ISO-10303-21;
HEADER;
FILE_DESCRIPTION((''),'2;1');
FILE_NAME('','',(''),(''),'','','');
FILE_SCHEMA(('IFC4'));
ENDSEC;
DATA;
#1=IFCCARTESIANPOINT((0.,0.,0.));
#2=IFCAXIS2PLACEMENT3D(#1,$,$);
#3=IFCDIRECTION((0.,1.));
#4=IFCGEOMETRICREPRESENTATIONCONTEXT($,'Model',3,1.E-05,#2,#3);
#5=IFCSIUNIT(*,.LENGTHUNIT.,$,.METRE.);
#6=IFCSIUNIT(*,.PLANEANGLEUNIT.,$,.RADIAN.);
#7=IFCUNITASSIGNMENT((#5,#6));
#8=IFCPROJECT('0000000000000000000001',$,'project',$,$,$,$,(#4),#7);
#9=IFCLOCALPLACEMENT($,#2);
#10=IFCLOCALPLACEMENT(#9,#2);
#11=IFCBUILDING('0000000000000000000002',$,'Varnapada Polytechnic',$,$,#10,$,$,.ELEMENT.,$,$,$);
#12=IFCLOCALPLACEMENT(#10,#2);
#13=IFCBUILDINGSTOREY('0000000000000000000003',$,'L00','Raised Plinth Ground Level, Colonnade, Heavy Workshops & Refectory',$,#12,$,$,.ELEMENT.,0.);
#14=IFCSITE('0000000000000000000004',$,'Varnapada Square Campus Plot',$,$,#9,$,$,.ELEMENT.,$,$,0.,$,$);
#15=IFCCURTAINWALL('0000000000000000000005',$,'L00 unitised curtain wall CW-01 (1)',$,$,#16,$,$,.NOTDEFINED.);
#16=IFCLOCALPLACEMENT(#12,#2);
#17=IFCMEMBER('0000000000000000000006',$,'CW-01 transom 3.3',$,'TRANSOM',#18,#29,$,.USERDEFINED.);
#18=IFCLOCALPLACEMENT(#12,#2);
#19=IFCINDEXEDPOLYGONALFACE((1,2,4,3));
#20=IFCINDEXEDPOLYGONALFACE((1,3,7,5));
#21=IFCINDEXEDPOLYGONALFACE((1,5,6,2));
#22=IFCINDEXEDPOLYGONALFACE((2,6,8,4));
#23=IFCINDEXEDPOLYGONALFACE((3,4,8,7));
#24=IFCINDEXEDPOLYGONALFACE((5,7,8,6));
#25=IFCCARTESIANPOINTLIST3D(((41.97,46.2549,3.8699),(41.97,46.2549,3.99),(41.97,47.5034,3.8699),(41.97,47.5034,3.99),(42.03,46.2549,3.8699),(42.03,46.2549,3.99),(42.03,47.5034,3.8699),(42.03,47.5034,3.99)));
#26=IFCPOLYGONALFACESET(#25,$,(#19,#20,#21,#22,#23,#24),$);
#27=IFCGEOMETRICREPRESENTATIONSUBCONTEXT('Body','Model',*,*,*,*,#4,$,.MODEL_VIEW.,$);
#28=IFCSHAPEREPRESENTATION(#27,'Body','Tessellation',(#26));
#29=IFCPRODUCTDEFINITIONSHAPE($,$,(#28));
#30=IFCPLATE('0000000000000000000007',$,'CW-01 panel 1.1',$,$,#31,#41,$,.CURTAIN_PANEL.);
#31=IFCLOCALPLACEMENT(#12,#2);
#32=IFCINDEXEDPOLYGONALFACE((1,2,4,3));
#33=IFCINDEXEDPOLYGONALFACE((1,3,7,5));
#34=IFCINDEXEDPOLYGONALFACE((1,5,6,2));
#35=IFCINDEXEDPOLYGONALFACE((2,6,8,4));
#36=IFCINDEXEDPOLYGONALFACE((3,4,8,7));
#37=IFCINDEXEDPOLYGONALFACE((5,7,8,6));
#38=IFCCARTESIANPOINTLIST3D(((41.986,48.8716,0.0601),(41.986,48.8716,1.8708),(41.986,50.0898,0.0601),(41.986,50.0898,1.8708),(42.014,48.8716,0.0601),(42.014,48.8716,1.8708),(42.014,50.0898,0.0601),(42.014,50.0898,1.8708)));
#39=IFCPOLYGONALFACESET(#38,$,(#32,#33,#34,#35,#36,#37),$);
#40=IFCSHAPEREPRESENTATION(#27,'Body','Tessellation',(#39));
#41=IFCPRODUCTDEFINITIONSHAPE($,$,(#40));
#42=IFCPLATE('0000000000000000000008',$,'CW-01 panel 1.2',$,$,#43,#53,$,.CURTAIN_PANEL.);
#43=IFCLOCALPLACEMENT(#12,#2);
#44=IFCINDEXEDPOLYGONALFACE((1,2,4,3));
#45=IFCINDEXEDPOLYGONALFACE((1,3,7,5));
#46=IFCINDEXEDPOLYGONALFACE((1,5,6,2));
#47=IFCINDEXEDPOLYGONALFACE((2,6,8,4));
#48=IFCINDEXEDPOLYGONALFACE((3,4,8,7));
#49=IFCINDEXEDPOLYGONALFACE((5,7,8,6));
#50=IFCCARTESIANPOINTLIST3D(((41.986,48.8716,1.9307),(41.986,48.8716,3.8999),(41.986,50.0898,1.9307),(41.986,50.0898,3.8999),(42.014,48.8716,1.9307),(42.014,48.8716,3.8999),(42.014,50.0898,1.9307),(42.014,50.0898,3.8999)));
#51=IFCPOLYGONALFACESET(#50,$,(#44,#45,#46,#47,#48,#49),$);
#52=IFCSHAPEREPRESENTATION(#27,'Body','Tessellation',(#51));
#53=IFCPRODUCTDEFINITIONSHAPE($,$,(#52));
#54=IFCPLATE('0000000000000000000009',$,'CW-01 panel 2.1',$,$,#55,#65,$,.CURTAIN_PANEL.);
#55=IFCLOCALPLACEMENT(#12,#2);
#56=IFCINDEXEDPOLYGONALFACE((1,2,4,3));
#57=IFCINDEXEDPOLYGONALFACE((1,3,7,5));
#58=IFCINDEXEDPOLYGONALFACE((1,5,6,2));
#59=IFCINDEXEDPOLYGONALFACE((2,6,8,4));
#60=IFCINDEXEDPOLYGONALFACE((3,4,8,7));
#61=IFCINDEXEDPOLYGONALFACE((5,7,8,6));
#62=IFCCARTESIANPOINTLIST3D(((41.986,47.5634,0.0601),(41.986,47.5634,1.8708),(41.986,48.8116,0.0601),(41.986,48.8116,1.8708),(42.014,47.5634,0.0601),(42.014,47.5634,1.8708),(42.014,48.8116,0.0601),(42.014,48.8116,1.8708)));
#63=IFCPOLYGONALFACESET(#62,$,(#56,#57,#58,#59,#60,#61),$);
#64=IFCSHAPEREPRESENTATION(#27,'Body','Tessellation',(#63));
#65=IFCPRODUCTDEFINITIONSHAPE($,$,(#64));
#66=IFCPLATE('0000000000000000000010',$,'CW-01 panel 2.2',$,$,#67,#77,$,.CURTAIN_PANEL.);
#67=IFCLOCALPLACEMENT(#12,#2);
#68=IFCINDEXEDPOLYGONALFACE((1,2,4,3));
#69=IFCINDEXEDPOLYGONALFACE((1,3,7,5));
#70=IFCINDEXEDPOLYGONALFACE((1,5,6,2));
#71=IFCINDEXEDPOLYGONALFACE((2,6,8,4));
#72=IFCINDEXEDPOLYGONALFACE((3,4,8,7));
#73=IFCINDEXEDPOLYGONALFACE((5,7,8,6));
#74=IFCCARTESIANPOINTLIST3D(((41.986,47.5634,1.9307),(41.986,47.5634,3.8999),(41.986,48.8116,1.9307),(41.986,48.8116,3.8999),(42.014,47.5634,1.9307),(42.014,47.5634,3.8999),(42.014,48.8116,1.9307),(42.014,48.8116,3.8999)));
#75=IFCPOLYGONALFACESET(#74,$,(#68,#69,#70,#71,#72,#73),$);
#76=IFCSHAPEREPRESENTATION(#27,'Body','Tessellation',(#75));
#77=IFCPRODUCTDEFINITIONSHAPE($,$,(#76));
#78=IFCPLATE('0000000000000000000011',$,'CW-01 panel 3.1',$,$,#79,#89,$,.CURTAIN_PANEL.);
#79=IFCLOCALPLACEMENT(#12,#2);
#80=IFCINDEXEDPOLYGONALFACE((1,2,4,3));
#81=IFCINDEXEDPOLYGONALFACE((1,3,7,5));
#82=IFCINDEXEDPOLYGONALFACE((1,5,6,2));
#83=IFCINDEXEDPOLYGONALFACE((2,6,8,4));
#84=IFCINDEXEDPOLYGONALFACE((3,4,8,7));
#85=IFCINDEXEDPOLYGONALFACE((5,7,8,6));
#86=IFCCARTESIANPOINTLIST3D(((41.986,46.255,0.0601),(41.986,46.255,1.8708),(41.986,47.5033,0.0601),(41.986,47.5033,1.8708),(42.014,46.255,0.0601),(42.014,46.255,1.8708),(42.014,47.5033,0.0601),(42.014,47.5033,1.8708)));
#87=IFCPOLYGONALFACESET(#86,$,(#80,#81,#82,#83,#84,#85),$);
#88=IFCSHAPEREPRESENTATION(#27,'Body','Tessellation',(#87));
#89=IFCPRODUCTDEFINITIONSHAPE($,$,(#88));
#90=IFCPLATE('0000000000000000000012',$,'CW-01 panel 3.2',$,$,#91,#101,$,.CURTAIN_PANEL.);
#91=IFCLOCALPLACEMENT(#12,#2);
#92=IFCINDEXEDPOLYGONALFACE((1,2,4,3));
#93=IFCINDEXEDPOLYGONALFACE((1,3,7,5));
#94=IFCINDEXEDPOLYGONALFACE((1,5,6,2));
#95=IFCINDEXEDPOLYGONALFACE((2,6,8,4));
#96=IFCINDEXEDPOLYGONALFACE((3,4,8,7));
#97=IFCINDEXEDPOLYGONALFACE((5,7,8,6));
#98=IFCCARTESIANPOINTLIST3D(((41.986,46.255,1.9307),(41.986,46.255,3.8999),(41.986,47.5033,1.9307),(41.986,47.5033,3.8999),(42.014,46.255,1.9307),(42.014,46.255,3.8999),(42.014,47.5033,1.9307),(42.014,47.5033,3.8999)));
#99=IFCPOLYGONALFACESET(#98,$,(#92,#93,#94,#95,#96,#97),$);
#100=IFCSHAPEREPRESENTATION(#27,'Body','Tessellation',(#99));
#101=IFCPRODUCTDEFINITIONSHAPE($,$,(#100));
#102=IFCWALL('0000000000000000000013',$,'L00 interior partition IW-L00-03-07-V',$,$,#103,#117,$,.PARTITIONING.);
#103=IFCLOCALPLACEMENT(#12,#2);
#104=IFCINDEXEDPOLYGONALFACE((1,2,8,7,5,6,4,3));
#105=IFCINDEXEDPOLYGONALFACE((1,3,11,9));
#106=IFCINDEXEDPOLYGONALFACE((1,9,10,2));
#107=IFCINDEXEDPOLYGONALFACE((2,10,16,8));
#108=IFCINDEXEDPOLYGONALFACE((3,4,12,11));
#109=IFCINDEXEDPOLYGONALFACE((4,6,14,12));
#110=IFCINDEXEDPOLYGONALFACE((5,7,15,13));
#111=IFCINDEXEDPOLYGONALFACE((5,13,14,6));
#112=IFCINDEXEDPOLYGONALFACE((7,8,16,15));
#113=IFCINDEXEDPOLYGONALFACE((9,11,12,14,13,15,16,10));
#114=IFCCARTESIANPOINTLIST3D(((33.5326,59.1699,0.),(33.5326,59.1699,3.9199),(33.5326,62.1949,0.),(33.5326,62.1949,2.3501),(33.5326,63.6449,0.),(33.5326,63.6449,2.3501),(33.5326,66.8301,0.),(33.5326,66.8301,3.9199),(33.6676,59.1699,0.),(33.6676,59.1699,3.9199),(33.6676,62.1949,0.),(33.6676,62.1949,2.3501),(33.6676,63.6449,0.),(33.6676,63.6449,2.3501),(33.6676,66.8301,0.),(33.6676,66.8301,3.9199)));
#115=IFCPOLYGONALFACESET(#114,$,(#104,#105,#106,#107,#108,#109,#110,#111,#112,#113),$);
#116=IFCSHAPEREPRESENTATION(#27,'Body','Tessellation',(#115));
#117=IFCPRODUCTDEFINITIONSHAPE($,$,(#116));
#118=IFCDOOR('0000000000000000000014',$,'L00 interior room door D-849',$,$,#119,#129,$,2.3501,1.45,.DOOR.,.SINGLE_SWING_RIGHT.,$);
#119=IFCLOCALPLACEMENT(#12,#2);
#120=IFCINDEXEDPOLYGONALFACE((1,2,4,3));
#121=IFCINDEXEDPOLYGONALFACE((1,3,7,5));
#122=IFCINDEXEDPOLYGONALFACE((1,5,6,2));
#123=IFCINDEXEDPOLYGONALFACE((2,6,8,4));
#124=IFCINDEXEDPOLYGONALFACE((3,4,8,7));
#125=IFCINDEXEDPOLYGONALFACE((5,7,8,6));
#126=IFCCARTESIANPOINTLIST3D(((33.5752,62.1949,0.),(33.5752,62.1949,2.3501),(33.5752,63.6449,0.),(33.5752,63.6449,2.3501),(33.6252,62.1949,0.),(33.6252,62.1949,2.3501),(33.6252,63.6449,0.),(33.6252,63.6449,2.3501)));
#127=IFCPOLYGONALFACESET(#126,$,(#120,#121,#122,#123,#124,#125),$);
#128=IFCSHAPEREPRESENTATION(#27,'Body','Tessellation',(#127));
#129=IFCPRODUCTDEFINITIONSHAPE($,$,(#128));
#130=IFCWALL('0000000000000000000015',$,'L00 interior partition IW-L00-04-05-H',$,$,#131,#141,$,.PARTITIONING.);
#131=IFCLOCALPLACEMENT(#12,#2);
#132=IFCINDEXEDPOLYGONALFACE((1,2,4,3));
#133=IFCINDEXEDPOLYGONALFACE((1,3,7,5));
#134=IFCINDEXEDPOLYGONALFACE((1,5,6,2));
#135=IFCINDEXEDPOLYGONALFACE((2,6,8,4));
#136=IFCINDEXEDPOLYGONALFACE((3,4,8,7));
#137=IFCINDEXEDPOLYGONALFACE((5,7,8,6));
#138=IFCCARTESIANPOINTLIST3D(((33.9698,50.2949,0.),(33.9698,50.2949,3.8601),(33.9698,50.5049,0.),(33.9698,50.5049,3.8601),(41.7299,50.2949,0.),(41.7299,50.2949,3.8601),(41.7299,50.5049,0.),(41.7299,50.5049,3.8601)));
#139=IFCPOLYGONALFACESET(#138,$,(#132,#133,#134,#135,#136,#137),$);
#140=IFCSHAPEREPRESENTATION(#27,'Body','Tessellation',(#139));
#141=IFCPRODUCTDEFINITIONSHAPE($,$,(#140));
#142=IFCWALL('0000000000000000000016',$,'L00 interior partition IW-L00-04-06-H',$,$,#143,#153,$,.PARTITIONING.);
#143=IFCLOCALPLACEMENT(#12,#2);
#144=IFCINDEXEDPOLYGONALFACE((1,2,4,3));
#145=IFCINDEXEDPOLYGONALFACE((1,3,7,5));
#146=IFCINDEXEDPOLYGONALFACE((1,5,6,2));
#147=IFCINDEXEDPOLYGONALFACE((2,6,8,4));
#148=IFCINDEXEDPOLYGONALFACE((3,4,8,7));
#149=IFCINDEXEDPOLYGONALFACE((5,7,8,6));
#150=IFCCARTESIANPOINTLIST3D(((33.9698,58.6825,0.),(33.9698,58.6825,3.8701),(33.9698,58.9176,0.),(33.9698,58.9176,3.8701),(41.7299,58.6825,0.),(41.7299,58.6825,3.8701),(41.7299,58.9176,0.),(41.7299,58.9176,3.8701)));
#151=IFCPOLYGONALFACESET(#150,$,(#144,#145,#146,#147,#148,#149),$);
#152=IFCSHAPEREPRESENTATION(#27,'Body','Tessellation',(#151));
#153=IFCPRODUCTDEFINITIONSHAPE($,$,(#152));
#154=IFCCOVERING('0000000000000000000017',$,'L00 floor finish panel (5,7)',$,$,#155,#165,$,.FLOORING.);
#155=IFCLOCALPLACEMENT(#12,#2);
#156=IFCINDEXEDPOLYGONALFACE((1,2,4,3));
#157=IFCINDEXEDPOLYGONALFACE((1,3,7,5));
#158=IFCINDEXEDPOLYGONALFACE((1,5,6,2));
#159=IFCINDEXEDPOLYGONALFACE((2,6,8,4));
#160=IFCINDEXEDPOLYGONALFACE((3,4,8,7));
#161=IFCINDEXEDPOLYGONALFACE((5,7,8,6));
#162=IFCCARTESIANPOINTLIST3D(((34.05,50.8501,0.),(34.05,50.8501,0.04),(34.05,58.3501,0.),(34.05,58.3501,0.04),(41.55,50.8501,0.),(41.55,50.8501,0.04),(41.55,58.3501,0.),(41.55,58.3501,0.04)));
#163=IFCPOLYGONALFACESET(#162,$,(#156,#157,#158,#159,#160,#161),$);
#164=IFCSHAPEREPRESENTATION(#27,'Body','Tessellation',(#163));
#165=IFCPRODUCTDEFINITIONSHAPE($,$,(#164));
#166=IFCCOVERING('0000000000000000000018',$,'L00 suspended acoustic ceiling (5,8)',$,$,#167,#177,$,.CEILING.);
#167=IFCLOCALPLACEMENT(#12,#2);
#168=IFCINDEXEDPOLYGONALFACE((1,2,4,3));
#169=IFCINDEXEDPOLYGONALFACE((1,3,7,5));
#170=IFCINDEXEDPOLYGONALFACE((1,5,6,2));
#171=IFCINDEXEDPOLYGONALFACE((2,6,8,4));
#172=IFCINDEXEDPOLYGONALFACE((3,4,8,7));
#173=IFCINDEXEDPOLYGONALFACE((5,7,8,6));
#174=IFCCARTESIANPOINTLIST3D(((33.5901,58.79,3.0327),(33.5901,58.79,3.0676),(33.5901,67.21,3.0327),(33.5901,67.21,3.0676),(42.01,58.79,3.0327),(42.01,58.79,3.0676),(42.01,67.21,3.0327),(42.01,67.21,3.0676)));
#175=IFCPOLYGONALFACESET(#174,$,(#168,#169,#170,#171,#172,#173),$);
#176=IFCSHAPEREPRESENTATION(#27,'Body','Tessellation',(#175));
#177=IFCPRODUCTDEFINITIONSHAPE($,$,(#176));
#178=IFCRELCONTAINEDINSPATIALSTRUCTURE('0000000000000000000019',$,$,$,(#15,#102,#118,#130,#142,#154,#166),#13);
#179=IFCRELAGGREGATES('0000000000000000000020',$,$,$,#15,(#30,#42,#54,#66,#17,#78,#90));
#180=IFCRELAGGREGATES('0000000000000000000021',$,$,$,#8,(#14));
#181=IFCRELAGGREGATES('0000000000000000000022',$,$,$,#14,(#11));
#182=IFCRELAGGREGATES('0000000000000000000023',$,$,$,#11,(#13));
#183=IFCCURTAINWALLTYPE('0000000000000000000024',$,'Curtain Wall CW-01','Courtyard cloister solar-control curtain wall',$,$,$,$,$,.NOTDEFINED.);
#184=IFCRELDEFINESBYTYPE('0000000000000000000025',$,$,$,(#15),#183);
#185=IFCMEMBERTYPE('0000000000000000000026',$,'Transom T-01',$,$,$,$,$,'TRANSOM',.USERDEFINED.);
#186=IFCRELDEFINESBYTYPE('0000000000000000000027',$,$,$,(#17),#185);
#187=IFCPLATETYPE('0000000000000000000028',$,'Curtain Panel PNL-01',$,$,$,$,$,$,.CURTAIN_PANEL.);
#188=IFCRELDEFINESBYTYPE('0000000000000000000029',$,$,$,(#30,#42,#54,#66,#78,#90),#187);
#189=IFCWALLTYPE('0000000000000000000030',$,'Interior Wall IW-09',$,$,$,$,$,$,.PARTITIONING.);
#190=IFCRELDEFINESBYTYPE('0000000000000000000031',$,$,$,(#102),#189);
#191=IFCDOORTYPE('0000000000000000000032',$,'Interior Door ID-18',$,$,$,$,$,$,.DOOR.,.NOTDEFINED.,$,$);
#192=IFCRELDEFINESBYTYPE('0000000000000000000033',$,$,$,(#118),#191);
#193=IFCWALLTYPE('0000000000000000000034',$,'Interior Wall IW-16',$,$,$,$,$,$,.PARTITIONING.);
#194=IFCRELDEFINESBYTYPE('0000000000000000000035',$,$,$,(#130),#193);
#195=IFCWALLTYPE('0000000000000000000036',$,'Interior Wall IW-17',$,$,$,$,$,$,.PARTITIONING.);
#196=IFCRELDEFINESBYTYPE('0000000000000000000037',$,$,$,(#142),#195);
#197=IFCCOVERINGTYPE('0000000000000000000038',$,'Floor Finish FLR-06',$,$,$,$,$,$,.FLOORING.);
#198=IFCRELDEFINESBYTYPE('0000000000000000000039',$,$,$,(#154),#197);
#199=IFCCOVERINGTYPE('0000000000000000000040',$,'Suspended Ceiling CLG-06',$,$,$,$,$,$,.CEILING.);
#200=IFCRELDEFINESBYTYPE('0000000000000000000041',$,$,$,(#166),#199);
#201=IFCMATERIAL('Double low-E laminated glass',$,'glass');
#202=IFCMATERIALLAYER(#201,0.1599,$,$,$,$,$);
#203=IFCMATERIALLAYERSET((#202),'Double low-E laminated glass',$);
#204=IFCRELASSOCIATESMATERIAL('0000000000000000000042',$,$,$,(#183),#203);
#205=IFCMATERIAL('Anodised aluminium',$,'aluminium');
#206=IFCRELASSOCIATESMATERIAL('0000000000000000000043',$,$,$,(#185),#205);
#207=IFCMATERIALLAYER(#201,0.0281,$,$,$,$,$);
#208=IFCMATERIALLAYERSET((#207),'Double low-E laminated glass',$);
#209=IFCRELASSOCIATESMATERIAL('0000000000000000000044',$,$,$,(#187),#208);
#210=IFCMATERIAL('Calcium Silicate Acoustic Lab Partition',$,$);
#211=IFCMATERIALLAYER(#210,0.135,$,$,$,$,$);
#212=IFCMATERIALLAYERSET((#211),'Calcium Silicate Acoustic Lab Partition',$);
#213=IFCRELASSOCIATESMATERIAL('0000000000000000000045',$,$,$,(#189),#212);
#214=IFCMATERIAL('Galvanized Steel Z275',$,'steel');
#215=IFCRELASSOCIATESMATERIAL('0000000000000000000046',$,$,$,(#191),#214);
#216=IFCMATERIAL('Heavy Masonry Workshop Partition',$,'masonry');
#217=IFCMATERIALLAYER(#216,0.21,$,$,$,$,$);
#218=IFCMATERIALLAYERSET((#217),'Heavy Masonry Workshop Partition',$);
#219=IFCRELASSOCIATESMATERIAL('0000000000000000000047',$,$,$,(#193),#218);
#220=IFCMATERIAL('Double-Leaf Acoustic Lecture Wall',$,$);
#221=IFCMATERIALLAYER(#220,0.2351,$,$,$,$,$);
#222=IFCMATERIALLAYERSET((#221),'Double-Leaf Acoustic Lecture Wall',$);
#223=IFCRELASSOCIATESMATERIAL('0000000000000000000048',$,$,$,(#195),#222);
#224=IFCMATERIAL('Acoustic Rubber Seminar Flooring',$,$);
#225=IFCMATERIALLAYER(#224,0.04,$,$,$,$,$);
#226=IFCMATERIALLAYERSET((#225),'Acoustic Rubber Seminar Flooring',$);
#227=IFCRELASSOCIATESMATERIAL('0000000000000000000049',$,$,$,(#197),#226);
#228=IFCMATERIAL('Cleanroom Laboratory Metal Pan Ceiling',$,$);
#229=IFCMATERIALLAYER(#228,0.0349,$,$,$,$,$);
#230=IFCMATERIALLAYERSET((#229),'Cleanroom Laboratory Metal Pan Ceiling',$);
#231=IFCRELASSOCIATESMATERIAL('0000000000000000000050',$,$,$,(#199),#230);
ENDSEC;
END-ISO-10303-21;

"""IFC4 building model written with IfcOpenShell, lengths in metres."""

from ifc_helpers import new_model, si_unit, direction, frame, frame_2d, origin, origin_2d, place, context, subcontext, project, spatial, rectangle, extrude, material, layer, layer_set, material_profile, profile_set, type_object, element, fill, aggregate, save


model = new_model("IFC4")

# Units and contexts
model_context = context("Model", 3, precision=1e-05, world=origin(), true_north=direction((0.0, 1.0)))
body_context = subcontext(model_context, "Body", "Model", "MODEL_VIEW")
ifc_project = project(units=[si_unit("LENGTHUNIT", "METRE"), si_unit("PLANEANGLEUNIT", "RADIAN")], contexts=[model_context])

# Site, building, storey
site_placement = place(None, origin())
site = spatial("IfcSite", under=ifc_project, at=site_placement, Name="Varnapada Square Campus Plot", CompositionType="ELEMENT", RefElevation=0.0)
building_placement = place(site_placement, origin())
building = spatial("IfcBuilding", under=site, at=building_placement, Name="Varnapada Polytechnic", CompositionType="ELEMENT")
storey_placement = place(building_placement, origin())
storey = spatial("IfcBuildingStorey", under=building, at=storey_placement, Name="L00", Description="Raised Plinth Ground Level, Colonnade, Heavy Workshops & Refectory", CompositionType="ELEMENT", Elevation=0.0)

# Curtain wall
ifc_material_1 = material(Name="Double low-E laminated glass", Category="glass")
ifc_layer_1 = layer(ifc_material_1, 0.1599)
ifc_layer_set_1 = layer_set([ifc_layer_1], Name="Double low-E laminated glass")
curtain_wall_type = type_object("IfcCurtainWallType", Name="Curtain Wall CW-01", Description="Courtyard cloister solar-control curtain wall", PredefinedType="NOTDEFINED", material=ifc_layer_set_1)
curtain_wall_placement = place(storey_placement, origin())
curtain_wall = element("IfcCurtainWall", 1, at=curtain_wall_placement, inside=storey, type_object=curtain_wall_type, Name="L00 unitised curtain wall CW-01 (1)", PredefinedType="NOTDEFINED")
ifc_material_2 = material(Name="Anodised aluminium", Category="aluminium")

# Member
ifc_material_profile_1 = material_profile(ifc_material_2, rectangle(XDim=0.0601, YDim=0.1201, at=origin_2d()), Name="ALU T60x120")
ifc_profile_set_1 = profile_set([ifc_material_profile_1], Name="Anodised aluminium")
member_type_1 = type_object("IfcMemberType", Name="Transom T-01", ElementType="TRANSOM", PredefinedType="USERDEFINED", material=ifc_profile_set_1)
member_1_placement = place(storey_placement, frame((42.0, 47.5034, 3.9299), z_axis=(0.0, -1.0, 0.0), x_axis=(1.0, 0.0, 0.0)))
member_1 = element("IfcMember", 2, at=member_1_placement, type_object=member_type_1, Name="CW-01 transom 3.3", ObjectType="TRANSOM", PredefinedType="USERDEFINED", context=body_context, shape_type="SweptSolid", body=[
    extrude(rectangle(XDim=0.0601, YDim=0.1201, at=origin_2d()), origin(), (0.0, 0.0, 1.0), 1.2485),
])

# Plates
ifc_layer_2 = layer(ifc_material_1, 0.0281)
ifc_layer_set_2 = layer_set([ifc_layer_2], Name="Double low-E laminated glass")
plate_type = type_object("IfcPlateType", Name="Curtain Panel PNL-01", PredefinedType="CURTAIN_PANEL", material=ifc_layer_set_2)
plate_1_placement = place(storey_placement, frame((42.0, 49.4807, 0.0601), z_axis=(0.0, 0.0, 1.0), x_axis=(0.0, -1.0, 0.0)))
plate_1 = element("IfcPlate", 3, at=plate_1_placement, type_object=plate_type, Name="CW-01 panel 1.1", PredefinedType="CURTAIN_PANEL", context=body_context, shape_type="SweptSolid", body=[
    extrude(rectangle(XDim=1.2183, YDim=0.0281, at=origin_2d()), origin(), (0.0, 0.0, 1.0), 1.8108),
])
plate_2_placement = place(storey_placement, frame((42.0, 49.4807, 1.9307), z_axis=(0.0, 0.0, 1.0), x_axis=(0.0, -1.0, 0.0)))
plate_2 = element("IfcPlate", 4, at=plate_2_placement, type_object=plate_type, Name="CW-01 panel 1.2", PredefinedType="CURTAIN_PANEL", context=body_context, shape_type="SweptSolid", body=[
    extrude(rectangle(XDim=1.2183, YDim=0.0281, at=origin_2d()), origin(), (0.0, 0.0, 1.0), 1.9692),
])
plate_3_placement = place(storey_placement, frame((42.0, 48.1875, 0.0601), z_axis=(0.0, 0.0, 1.0), x_axis=(0.0, -1.0, 0.0)))
plate_3 = element("IfcPlate", 5, at=plate_3_placement, type_object=plate_type, Name="CW-01 panel 2.1", PredefinedType="CURTAIN_PANEL", context=body_context, shape_type="SweptSolid", body=[
    extrude(rectangle(XDim=1.2483, YDim=0.0281, at=origin_2d()), origin(), (0.0, 0.0, 1.0), 1.8108),
])
plate_4_placement = place(storey_placement, frame((42.0, 48.1875, 1.9307), z_axis=(0.0, 0.0, 1.0), x_axis=(0.0, -1.0, 0.0)))
plate_4 = element("IfcPlate", 6, at=plate_4_placement, type_object=plate_type, Name="CW-01 panel 2.2", PredefinedType="CURTAIN_PANEL", context=body_context, shape_type="SweptSolid", body=[
    extrude(rectangle(XDim=1.2483, YDim=0.0281, at=origin_2d()), origin(), (0.0, 0.0, 1.0), 1.9692),
])
plate_5_placement = place(storey_placement, frame((42.0, 46.8792, 0.0601), z_axis=(0.0, 0.0, 1.0), x_axis=(0.0, -1.0, 0.0)))
plate_5 = element("IfcPlate", 7, at=plate_5_placement, type_object=plate_type, Name="CW-01 panel 3.1", PredefinedType="CURTAIN_PANEL", context=body_context, shape_type="SweptSolid", body=[
    extrude(rectangle(XDim=1.2483, YDim=0.0281, at=origin_2d()), origin(), (0.0, 0.0, 1.0), 1.8108),
])
plate_6_placement = place(storey_placement, frame((42.0, 46.8792, 1.9307), z_axis=(0.0, 0.0, 1.0), x_axis=(0.0, -1.0, 0.0)))
plate_6 = element("IfcPlate", 8, at=plate_6_placement, type_object=plate_type, Name="CW-01 panel 3.2", PredefinedType="CURTAIN_PANEL", context=body_context, shape_type="SweptSolid", body=[
    extrude(rectangle(XDim=1.2483, YDim=0.0281, at=origin_2d()), origin(), (0.0, 0.0, 1.0), 1.9692),
])
aggregate(curtain_wall, [plate_1, plate_2, plate_3, plate_4, member_1, plate_5, plate_6])

# Wall, opening, door
ifc_material_3 = material(Name="Calcium Silicate Acoustic Lab Partition")
ifc_layer_3 = layer(ifc_material_3, 0.135)
ifc_layer_set_3 = layer_set([ifc_layer_3], Name="Calcium Silicate Acoustic Lab Partition")
wall_type_1 = type_object("IfcWallType", Name="Interior Wall IW-09", PredefinedType="PARTITIONING", material=ifc_layer_set_3)
wall_1_placement = place(storey_placement, frame((33.6001, 59.1699, 0.0), z_axis=(0.0, 0.0, 1.0), x_axis=(0.0, 1.0, 0.0)))
wall_1 = element("IfcWall", 9, at=wall_1_placement, inside=storey, type_object=wall_type_1, Name="L00 interior partition IW-L00-03-07-V", PredefinedType="PARTITIONING", context=body_context, shape_type="SweptSolid", body=[
    extrude(rectangle(XDim=7.6602, YDim=0.135, at=frame_2d((3.8301, 0.0))), origin(), (0.0, 0.0, 1.0), 3.9199),
])
opening_placement = place(wall_1_placement, frame((3.0249, 0.0, 0.0)))
opening = element("IfcOpeningElement", 10, at=opening_placement, cuts=wall_1, PredefinedType="OPENING", context=body_context, shape_type="SweptSolid", body=[
    extrude(rectangle(XDim=1.45, YDim=2.3501, at=frame_2d((0.7251, 1.175))), frame((0.0, 0.0774, 0.0), z_axis=(0.0, -1.0, 0.0), x_axis=(1.0, 0.0, 0.0)), (0.0, 0.0, 1.0), 0.155),
])
ifc_material_4 = material(Name="Galvanized Steel Z275", Category="steel")
door_type = type_object("IfcDoorType", Name="Interior Door ID-18", OperationType="NOTDEFINED", PredefinedType="DOOR", material=ifc_material_4)
door_placement = place(opening_placement, origin())
door = element("IfcDoor", 11, at=door_placement, inside=storey, type_object=door_type, Name="L00 interior room door D-849", OperationType="SINGLE_SWING_RIGHT", OverallHeight=2.3501, OverallWidth=1.45, PredefinedType="DOOR", context=body_context, shape_type="SweptSolid", body=[
    extrude(rectangle(XDim=1.45, YDim=2.3501, at=frame_2d((0.7251, 1.175))), frame((0.0, 0.0249, 0.0), z_axis=(0.0, -1.0, 0.0), x_axis=(1.0, 0.0, 0.0)), (0.0, 0.0, 1.0), 0.05),
])
fill(opening, door)

# Walls
ifc_material_5 = material(Name="Heavy Masonry Workshop Partition", Category="masonry")
ifc_layer_4 = layer(ifc_material_5, 0.21)
ifc_layer_set_4 = layer_set([ifc_layer_4], Name="Heavy Masonry Workshop Partition")
wall_type_2 = type_object("IfcWallType", Name="Interior Wall IW-16", PredefinedType="PARTITIONING", material=ifc_layer_set_4)
wall_2_placement = place(storey_placement, frame((33.97, 50.3999, 0.0), z_axis=(0.0, 0.0, 1.0), x_axis=(1.0, 0.0, 0.0)))
element("IfcWall", 12, at=wall_2_placement, inside=storey, type_object=wall_type_2, Name="L00 interior partition IW-L00-04-05-H", PredefinedType="PARTITIONING", context=body_context, shape_type="SweptSolid", body=[
    extrude(rectangle(XDim=7.76, YDim=0.21, at=frame_2d((3.8799, 0.0))), origin(), (0.0, 0.0, 1.0), 3.8601),
])
ifc_material_6 = material(Name="Double-Leaf Acoustic Lecture Wall")
ifc_layer_5 = layer(ifc_material_6, 0.2351)
ifc_layer_set_5 = layer_set([ifc_layer_5], Name="Double-Leaf Acoustic Lecture Wall")
wall_type_3 = type_object("IfcWallType", Name="Interior Wall IW-17", PredefinedType="PARTITIONING", material=ifc_layer_set_5)
wall_3_placement = place(storey_placement, frame((33.97, 58.8, 0.0), z_axis=(0.0, 0.0, 1.0), x_axis=(1.0, 0.0, 0.0)))
element("IfcWall", 13, at=wall_3_placement, inside=storey, type_object=wall_type_3, Name="L00 interior partition IW-L00-04-06-H", PredefinedType="PARTITIONING", context=body_context, shape_type="SweptSolid", body=[
    extrude(rectangle(XDim=7.76, YDim=0.2351, at=frame_2d((3.8799, 0.0))), origin(), (0.0, 0.0, 1.0), 3.8701),
])

# Coverings
ifc_material_7 = material(Name="Acoustic Rubber Seminar Flooring")
ifc_layer_6 = layer(ifc_material_7, 0.04)
ifc_layer_set_6 = layer_set([ifc_layer_6], Name="Acoustic Rubber Seminar Flooring")
covering_type_1 = type_object("IfcCoveringType", Name="Floor Finish FLR-06", PredefinedType="FLOORING", material=ifc_layer_set_6)
covering_1_placement = place(storey_placement, frame((37.8, 54.6001, 0.0), z_axis=(0.0, 0.0, 1.0), x_axis=(1.0, 0.0, 0.0)))
element("IfcCovering", 14, at=covering_1_placement, inside=storey, type_object=covering_type_1, Name="L00 floor finish panel (5,7)", PredefinedType="FLOORING", context=body_context, shape_type="SweptSolid", body=[
    extrude(rectangle(XDim=7.5, YDim=7.5, at=origin_2d()), origin(), (0.0, 0.0, 1.0), 0.04),
])
ifc_material_8 = material(Name="Cleanroom Laboratory Metal Pan Ceiling")
ifc_layer_7 = layer(ifc_material_8, 0.0349)
ifc_layer_set_7 = layer_set([ifc_layer_7], Name="Cleanroom Laboratory Metal Pan Ceiling")
covering_type_2 = type_object("IfcCoveringType", Name="Suspended Ceiling CLG-06", PredefinedType="CEILING", material=ifc_layer_set_7)
covering_2_placement = place(storey_placement, frame((37.8, 63.0, 3.0327), z_axis=(0.0, 0.0, 1.0), x_axis=(1.0, 0.0, 0.0)))
element("IfcCovering", 15, at=covering_2_placement, inside=storey, type_object=covering_type_2, Name="L00 suspended acoustic ceiling (5,8)", PredefinedType="CEILING", context=body_context, shape_type="SweptSolid", body=[
    extrude(rectangle(XDim=8.4199, YDim=8.4199, at=origin_2d()), origin(), (0.0, 0.0, 1.0), 0.0349),
])

save(model, "model.ifc")
